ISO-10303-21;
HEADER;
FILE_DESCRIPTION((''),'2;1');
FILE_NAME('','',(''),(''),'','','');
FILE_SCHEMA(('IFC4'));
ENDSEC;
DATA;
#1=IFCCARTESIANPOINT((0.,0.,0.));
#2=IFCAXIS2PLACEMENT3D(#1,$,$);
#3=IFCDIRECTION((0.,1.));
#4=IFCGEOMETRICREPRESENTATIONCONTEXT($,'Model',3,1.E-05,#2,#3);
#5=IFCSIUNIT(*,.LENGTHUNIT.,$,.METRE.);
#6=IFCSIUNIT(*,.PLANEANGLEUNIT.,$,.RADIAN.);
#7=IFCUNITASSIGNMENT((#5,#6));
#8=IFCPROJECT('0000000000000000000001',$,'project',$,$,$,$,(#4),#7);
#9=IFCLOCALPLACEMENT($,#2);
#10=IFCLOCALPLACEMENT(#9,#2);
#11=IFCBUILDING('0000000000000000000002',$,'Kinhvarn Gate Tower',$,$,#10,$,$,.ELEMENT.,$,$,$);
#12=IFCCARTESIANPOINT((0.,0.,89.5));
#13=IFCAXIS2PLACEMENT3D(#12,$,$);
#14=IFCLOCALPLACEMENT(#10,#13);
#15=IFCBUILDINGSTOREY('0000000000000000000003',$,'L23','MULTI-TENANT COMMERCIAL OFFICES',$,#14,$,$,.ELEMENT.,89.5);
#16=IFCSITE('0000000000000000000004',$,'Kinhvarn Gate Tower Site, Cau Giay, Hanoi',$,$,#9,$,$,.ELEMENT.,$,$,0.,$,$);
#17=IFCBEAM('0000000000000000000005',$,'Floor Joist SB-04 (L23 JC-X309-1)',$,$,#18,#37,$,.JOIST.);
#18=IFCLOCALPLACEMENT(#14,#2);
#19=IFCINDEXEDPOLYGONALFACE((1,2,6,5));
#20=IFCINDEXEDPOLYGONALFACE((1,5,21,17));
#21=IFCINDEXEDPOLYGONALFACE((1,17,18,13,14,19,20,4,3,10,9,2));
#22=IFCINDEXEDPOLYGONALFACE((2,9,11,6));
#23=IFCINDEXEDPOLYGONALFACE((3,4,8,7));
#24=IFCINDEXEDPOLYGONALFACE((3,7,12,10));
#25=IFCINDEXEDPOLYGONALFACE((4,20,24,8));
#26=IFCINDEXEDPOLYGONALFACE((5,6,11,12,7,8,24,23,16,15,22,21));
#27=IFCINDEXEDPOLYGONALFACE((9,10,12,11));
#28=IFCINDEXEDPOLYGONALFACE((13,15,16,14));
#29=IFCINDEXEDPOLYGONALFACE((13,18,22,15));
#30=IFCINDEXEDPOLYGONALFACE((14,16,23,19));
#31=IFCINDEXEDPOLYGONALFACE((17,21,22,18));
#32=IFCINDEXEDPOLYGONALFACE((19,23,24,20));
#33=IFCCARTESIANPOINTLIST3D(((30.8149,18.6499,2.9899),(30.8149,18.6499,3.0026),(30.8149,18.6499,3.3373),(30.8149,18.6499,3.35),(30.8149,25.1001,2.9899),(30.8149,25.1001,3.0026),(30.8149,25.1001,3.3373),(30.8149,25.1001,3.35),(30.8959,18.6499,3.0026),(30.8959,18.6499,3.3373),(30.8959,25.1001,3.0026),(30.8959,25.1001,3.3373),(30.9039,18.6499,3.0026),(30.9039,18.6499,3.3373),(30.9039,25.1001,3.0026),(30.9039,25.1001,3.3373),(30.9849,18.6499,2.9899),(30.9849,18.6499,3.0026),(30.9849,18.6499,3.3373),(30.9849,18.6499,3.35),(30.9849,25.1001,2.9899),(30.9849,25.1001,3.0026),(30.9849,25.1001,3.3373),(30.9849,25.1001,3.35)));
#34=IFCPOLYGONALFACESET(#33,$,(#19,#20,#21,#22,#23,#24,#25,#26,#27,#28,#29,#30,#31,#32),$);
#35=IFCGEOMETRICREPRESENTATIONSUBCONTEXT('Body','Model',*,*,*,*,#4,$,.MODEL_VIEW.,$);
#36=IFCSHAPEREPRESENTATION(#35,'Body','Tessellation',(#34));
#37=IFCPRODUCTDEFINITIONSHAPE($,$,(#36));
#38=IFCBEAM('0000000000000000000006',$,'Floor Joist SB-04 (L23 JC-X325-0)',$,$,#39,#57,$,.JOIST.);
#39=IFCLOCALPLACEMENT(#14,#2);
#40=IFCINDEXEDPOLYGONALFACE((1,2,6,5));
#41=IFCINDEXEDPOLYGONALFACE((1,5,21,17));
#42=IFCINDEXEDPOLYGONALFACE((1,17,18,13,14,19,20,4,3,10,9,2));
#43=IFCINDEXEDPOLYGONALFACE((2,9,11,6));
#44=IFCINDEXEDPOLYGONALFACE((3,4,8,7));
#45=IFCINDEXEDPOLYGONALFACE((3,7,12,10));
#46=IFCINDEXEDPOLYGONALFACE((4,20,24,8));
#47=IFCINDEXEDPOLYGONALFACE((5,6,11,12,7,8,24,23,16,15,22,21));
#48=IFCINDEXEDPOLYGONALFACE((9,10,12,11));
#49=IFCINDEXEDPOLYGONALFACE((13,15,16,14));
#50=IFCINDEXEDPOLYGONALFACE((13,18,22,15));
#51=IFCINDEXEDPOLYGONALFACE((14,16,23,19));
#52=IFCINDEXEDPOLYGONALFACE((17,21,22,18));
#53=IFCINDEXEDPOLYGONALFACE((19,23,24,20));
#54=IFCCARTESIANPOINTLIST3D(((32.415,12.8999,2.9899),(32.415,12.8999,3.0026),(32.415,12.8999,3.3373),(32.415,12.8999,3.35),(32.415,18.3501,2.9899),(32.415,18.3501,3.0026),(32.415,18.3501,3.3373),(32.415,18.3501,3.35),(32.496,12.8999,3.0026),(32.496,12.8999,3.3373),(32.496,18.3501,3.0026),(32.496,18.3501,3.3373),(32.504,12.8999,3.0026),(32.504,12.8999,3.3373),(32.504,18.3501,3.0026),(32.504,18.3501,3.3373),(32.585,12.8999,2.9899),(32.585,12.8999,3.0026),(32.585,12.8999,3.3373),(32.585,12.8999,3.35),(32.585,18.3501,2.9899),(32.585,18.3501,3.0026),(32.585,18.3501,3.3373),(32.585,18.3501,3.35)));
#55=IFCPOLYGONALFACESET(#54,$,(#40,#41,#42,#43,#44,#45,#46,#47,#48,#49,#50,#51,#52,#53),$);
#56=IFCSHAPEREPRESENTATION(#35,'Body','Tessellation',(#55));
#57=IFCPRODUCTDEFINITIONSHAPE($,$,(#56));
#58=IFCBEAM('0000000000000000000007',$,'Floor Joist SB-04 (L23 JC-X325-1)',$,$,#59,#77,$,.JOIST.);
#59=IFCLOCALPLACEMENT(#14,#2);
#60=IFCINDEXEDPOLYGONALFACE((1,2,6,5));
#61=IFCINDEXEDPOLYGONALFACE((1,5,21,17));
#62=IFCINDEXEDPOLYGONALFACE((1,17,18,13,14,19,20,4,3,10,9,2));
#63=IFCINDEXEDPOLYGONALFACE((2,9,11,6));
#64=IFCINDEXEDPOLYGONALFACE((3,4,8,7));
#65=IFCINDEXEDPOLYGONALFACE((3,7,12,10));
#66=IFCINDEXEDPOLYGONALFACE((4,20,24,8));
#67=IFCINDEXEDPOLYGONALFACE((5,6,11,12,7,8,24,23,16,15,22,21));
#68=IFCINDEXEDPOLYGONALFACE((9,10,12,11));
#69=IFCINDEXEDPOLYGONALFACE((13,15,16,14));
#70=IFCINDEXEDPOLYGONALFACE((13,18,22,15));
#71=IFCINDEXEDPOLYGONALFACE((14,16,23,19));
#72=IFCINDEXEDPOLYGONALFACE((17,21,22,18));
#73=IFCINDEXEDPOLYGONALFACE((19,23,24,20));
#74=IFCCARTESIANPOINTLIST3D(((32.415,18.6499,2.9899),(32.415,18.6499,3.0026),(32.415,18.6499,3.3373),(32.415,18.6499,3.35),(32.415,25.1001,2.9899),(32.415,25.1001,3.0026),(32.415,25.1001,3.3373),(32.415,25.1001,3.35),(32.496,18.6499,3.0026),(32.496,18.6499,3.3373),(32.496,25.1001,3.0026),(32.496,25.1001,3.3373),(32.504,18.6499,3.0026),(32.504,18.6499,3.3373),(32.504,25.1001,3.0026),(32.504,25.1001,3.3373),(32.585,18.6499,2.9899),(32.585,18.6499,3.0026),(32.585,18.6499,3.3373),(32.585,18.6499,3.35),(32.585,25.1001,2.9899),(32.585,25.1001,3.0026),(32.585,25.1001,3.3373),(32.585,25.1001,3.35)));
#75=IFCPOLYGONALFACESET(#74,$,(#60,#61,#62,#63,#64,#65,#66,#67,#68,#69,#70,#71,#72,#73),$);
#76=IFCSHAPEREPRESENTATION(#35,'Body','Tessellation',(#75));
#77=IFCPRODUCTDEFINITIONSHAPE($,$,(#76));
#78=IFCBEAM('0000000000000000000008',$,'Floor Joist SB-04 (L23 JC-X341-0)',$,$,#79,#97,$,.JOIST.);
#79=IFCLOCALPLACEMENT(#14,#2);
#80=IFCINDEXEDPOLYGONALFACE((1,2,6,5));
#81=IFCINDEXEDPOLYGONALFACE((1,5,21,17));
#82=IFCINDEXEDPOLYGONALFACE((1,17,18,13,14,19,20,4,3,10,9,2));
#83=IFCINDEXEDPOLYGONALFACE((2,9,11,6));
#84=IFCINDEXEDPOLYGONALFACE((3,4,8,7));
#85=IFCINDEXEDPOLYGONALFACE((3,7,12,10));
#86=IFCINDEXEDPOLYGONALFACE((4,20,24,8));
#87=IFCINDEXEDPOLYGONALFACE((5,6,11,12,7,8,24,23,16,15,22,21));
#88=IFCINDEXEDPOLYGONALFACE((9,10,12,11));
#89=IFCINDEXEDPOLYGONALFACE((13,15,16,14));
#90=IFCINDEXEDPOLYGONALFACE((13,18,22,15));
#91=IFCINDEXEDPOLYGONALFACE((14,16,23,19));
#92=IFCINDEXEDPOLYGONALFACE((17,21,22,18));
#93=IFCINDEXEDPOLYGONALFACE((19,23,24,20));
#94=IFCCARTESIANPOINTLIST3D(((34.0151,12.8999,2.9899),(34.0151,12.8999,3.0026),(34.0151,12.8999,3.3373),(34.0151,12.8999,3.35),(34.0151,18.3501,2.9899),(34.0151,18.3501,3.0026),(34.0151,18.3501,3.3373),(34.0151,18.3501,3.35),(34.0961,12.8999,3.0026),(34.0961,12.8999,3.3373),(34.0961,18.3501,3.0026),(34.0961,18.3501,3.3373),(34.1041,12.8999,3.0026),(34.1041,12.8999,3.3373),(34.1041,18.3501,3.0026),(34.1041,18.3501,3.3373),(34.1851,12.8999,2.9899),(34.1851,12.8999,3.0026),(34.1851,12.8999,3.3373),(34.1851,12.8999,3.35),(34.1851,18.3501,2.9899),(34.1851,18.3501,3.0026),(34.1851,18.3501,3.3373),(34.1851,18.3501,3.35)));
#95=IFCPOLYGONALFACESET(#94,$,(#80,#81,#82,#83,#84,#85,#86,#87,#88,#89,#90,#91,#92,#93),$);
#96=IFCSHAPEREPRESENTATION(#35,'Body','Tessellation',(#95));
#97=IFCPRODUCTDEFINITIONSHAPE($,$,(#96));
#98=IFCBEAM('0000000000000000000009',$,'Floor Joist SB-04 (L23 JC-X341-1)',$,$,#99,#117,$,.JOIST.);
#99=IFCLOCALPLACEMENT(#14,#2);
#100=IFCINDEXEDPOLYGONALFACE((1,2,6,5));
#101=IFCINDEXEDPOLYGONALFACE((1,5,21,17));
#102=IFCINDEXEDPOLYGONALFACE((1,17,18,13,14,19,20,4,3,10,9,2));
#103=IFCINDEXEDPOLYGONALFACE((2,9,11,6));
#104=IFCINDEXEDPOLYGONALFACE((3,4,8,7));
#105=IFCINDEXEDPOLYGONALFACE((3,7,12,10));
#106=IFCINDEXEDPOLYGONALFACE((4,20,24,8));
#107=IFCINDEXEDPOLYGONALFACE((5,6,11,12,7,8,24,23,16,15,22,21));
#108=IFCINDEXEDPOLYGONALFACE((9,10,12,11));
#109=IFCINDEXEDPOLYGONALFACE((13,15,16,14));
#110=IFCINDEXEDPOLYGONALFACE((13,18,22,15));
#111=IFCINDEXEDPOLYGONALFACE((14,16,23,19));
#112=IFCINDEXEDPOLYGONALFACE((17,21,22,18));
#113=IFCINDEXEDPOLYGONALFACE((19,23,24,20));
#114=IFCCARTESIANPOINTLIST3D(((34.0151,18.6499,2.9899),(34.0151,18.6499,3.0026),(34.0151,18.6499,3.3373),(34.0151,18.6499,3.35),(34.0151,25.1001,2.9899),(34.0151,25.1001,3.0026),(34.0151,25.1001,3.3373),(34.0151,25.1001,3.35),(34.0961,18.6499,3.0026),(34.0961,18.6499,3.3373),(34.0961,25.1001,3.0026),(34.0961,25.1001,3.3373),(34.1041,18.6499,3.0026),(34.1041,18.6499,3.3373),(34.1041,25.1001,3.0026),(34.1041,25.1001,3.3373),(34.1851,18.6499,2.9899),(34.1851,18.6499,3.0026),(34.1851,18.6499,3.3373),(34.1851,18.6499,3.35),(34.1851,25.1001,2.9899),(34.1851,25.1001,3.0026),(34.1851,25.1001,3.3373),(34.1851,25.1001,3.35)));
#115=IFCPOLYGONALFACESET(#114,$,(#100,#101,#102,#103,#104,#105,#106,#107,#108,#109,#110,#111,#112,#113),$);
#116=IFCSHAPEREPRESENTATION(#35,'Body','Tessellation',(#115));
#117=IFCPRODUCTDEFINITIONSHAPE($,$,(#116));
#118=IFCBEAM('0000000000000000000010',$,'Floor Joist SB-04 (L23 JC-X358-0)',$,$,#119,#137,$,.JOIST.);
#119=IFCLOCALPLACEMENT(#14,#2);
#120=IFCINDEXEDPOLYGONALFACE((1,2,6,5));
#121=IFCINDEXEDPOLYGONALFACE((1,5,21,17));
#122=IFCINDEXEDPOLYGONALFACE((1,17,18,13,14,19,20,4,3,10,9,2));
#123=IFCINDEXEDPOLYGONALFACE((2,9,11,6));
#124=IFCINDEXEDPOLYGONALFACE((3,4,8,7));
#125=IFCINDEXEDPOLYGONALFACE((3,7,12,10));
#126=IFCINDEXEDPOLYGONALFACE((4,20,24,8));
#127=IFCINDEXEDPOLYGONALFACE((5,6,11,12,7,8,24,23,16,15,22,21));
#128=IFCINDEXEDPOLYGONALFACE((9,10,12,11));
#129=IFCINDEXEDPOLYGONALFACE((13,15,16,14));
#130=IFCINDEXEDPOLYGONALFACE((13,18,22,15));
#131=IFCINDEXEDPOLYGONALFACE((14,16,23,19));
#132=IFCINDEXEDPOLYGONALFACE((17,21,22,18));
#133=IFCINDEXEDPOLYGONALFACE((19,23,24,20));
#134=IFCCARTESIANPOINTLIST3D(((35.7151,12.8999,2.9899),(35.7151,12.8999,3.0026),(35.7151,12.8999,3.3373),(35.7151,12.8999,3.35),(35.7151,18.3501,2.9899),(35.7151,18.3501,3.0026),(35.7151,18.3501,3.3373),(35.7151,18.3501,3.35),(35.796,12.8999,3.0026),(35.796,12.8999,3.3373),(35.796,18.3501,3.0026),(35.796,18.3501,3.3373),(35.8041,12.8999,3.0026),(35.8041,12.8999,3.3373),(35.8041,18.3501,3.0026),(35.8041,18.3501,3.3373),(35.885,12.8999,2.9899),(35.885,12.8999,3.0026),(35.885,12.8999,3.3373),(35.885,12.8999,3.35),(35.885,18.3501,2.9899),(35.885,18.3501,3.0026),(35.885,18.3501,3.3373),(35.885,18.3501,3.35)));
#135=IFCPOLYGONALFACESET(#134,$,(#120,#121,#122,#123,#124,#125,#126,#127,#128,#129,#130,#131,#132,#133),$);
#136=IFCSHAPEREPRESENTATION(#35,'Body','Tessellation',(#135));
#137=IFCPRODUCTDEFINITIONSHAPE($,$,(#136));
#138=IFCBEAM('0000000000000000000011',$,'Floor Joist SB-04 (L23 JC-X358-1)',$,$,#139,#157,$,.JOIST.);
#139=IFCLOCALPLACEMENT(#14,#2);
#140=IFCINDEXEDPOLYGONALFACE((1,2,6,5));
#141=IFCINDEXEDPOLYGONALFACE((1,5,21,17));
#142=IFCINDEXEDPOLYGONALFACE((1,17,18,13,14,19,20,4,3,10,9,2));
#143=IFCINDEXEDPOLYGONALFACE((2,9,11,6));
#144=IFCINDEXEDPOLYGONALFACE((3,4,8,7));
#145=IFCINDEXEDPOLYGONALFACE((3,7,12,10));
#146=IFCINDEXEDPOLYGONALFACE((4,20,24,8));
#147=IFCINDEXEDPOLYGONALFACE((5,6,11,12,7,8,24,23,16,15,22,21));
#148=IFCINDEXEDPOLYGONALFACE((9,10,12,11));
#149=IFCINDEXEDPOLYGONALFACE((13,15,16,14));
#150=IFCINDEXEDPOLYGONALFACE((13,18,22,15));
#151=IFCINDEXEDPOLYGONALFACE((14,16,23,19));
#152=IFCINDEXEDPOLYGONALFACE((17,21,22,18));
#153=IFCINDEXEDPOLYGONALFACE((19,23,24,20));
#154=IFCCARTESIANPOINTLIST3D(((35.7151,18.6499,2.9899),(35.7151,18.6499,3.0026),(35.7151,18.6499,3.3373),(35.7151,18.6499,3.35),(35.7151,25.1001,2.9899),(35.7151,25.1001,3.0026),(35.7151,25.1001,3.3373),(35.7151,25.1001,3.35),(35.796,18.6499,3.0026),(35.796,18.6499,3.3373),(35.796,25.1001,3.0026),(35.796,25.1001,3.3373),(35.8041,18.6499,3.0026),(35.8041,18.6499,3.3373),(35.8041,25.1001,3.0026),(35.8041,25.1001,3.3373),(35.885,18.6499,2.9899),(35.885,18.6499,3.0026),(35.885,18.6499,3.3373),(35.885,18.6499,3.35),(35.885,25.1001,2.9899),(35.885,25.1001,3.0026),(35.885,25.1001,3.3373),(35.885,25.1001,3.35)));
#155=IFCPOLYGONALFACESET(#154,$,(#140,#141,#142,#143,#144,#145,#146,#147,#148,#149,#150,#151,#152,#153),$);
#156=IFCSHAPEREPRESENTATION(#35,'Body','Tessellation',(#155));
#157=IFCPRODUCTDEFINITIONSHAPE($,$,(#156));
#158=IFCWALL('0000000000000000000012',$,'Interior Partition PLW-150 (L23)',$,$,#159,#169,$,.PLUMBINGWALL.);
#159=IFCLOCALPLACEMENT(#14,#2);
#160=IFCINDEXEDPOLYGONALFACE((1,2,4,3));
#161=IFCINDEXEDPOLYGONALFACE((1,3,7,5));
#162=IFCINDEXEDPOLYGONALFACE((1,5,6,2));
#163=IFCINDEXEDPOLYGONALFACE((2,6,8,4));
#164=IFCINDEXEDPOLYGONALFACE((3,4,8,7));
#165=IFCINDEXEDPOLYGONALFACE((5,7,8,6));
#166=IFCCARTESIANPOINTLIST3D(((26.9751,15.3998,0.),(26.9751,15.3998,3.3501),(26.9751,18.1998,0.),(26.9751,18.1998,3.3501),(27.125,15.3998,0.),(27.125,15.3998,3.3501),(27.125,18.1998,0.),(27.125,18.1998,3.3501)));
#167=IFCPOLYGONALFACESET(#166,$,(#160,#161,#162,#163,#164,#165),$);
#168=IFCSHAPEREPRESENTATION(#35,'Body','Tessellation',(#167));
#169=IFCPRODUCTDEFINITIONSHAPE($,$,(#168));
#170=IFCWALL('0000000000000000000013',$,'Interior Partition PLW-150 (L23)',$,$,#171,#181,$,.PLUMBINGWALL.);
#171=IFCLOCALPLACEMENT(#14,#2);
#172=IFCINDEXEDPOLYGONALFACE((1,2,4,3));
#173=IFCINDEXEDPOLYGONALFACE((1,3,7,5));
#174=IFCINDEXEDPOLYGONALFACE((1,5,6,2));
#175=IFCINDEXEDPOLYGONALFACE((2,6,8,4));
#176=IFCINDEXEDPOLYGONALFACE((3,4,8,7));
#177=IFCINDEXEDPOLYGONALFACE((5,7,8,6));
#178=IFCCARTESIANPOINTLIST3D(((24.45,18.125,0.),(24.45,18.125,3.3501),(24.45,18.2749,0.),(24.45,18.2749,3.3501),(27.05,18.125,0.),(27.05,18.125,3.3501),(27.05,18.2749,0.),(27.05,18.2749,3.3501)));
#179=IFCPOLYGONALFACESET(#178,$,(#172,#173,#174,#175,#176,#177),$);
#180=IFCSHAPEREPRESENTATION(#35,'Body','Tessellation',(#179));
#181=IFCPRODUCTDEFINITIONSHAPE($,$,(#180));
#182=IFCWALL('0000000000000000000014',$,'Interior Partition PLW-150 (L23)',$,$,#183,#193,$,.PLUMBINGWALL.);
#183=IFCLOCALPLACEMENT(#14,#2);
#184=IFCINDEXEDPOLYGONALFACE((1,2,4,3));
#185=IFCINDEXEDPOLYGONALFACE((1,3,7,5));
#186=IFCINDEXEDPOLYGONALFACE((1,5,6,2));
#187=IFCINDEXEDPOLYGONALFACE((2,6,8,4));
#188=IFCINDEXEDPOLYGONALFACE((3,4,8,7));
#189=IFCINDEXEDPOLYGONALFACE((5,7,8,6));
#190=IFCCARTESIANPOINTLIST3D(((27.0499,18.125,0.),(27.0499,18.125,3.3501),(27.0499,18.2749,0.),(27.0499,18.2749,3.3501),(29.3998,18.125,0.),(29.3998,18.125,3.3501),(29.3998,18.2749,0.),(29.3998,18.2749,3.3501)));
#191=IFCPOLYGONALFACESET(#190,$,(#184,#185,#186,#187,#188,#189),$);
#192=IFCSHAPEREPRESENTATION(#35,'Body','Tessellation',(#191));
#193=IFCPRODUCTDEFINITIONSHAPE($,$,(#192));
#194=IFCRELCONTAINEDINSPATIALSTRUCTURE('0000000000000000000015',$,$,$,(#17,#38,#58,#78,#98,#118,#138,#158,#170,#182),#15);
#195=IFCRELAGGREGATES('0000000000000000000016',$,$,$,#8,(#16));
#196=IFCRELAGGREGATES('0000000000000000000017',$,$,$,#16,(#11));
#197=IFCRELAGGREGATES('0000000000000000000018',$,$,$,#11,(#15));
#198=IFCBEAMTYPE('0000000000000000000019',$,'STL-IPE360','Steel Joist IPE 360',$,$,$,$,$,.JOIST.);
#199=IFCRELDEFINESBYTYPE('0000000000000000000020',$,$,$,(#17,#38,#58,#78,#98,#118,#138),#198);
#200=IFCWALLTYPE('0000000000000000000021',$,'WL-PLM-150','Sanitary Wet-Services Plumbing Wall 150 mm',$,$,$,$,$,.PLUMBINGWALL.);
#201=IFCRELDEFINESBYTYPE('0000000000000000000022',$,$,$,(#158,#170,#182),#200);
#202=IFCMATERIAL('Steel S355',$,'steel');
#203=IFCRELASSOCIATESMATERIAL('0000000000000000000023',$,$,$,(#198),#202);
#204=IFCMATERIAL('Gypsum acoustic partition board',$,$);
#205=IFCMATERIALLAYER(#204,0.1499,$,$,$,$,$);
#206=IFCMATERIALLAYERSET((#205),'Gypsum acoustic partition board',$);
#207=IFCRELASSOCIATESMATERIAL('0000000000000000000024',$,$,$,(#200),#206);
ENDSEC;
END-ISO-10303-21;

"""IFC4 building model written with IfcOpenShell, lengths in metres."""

from ifc_helpers import new_model, si_unit, direction, frame, frame_2d, origin, origin_2d, place, context, subcontext, project, spatial, rectangle, i_section, extrude, material, layer, layer_set, material_profile, profile_set, type_object, element, save


model = new_model("IFC4")

# Units and contexts
model_context = context("Model", 3, precision=1e-05, world=origin(), true_north=direction((0.0, 1.0)))
body_context = subcontext(model_context, "Body", "Model", "MODEL_VIEW")
ifc_project = project(units=[si_unit("LENGTHUNIT", "METRE"), si_unit("PLANEANGLEUNIT", "RADIAN")], contexts=[model_context])

# Site, building, storey
site_placement = place(None, origin())
site = spatial("IfcSite", under=ifc_project, at=site_placement, Name="Kinhvarn Gate Tower Site, Cau Giay, Hanoi", CompositionType="ELEMENT", RefElevation=0.0)
building_placement = place(site_placement, origin())
building = spatial("IfcBuilding", under=site, at=building_placement, Name="Kinhvarn Gate Tower", CompositionType="ELEMENT")
storey_placement = place(building_placement, frame((0.0, 0.0, 89.5)))
storey = spatial("IfcBuildingStorey", under=building, at=storey_placement, Name="L23", Description="MULTI-TENANT COMMERCIAL OFFICES", CompositionType="ELEMENT", Elevation=89.5)

# Beams
ifc_material_1 = material(Name="Steel S355", Category="steel")
ifc_material_profile_1 = material_profile(ifc_material_1, i_section(OverallWidth=0.1699, OverallDepth=0.3601, WebThickness=0.0081, FlangeThickness=0.0127, at=origin_2d()), Name="IPE 360")
ifc_profile_set_1 = profile_set([ifc_material_profile_1], Name="Steel S355")
beam_type_1 = type_object("IfcBeamType", Name="STL-IPE360", Description="Steel Joist IPE 360", PredefinedType="JOIST", material=ifc_profile_set_1)
beam_1_placement = place(storey_placement, frame((30.8999, 18.6499, 3.1699), z_axis=(0.0, 1.0, 0.0), x_axis=(-1.0, 0.0, 0.0)))
element("IfcBeam", 1, at=beam_1_placement, inside=storey, type_object=beam_type_1, Name="Floor Joist SB-04 (L23 JC-X309-1)", PredefinedType="JOIST", context=body_context, shape_type="SweptSolid", body=[
    extrude(i_section(OverallWidth=0.1699, OverallDepth=0.3601, WebThickness=0.0081, FlangeThickness=0.0127, at=origin_2d()), origin(), (0.0, 0.0, 1.0), 6.4502),
])
beam_2_placement = place(storey_placement, frame((32.5, 12.8999, 3.1699), z_axis=(0.0, 1.0, 0.0), x_axis=(-1.0, 0.0, 0.0)))
element("IfcBeam", 2, at=beam_2_placement, inside=storey, type_object=beam_type_1, Name="Floor Joist SB-04 (L23 JC-X325-0)", PredefinedType="JOIST", context=body_context, shape_type="SweptSolid", body=[
    extrude(i_section(OverallWidth=0.1699, OverallDepth=0.3601, WebThickness=0.0081, FlangeThickness=0.0127, at=origin_2d()), origin(), (0.0, 0.0, 1.0), 5.4502),
])
beam_3_placement = place(storey_placement, frame((32.5, 18.6499, 3.1699), z_axis=(0.0, 1.0, 0.0), x_axis=(-1.0, 0.0, 0.0)))
element("IfcBeam", 3, at=beam_3_placement, inside=storey, type_object=beam_type_1, Name="Floor Joist SB-04 (L23 JC-X325-1)", PredefinedType="JOIST", context=body_context, shape_type="SweptSolid", body=[
    extrude(i_section(OverallWidth=0.1699, OverallDepth=0.3601, WebThickness=0.0081, FlangeThickness=0.0127, at=origin_2d()), origin(), (0.0, 0.0, 1.0), 6.4502),
])
beam_4_placement = place(storey_placement, frame((34.1001, 12.8999, 3.1699), z_axis=(0.0, 1.0, 0.0), x_axis=(-1.0, 0.0, 0.0)))
element("IfcBeam", 4, at=beam_4_placement, inside=storey, type_object=beam_type_1, Name="Floor Joist SB-04 (L23 JC-X341-0)", PredefinedType="JOIST", context=body_context, shape_type="SweptSolid", body=[
    extrude(i_section(OverallWidth=0.1699, OverallDepth=0.3601, WebThickness=0.0081, FlangeThickness=0.0127, at=origin_2d()), origin(), (0.0, 0.0, 1.0), 5.4502),
])
beam_5_placement = place(storey_placement, frame((34.1001, 18.6499, 3.1699), z_axis=(0.0, 1.0, 0.0), x_axis=(-1.0, 0.0, 0.0)))
element("IfcBeam", 5, at=beam_5_placement, inside=storey, type_object=beam_type_1, Name="Floor Joist SB-04 (L23 JC-X341-1)", PredefinedType="JOIST", context=body_context, shape_type="SweptSolid", body=[
    extrude(i_section(OverallWidth=0.1699, OverallDepth=0.3601, WebThickness=0.0081, FlangeThickness=0.0127, at=origin_2d()), origin(), (0.0, 0.0, 1.0), 6.4502),
])
beam_6_placement = place(storey_placement, frame((35.8, 12.8999, 3.1699), z_axis=(0.0, 1.0, 0.0), x_axis=(-1.0, 0.0, 0.0)))
element("IfcBeam", 6, at=beam_6_placement, inside=storey, type_object=beam_type_1, Name="Floor Joist SB-04 (L23 JC-X358-0)", PredefinedType="JOIST", context=body_context, shape_type="SweptSolid", body=[
    extrude(i_section(OverallWidth=0.1699, OverallDepth=0.3601, WebThickness=0.0081, FlangeThickness=0.0127, at=origin_2d()), origin(), (0.0, 0.0, 1.0), 5.4502),
])
beam_7_placement = place(storey_placement, frame((35.8, 18.6499, 3.1699), z_axis=(0.0, 1.0, 0.0), x_axis=(-1.0, 0.0, 0.0)))
element("IfcBeam", 7, at=beam_7_placement, inside=storey, type_object=beam_type_1, Name="Floor Joist SB-04 (L23 JC-X358-1)", PredefinedType="JOIST", context=body_context, shape_type="SweptSolid", body=[
    extrude(i_section(OverallWidth=0.1699, OverallDepth=0.3601, WebThickness=0.0081, FlangeThickness=0.0127, at=origin_2d()), origin(), (0.0, 0.0, 1.0), 6.4502),
])

# Walls
ifc_material_2 = material(Name="Gypsum acoustic partition board")
ifc_layer_1 = layer(ifc_material_2, 0.1499)
ifc_layer_set_1 = layer_set([ifc_layer_1], Name="Gypsum acoustic partition board")
wall_type_1 = type_object("IfcWallType", Name="WL-PLM-150", Description="Sanitary Wet-Services Plumbing Wall 150 mm", PredefinedType="PLUMBINGWALL", material=ifc_layer_set_1)
wall_1_placement = place(storey_placement, frame((27.05, 15.3999, 0.0), z_axis=(0.0, 0.0, 1.0), x_axis=(0.0, 1.0, 0.0)))
element("IfcWall", 8, at=wall_1_placement, inside=storey, type_object=wall_type_1, Name="Interior Partition PLW-150 (L23)", PredefinedType="PLUMBINGWALL", context=body_context, shape_type="SweptSolid", body=[
    extrude(rectangle(XDim=2.8, YDim=0.1499, at=frame_2d((1.3999, 0.0))), origin(), (0.0, 0.0, 1.0), 3.3501),
])
wall_2_placement = place(storey_placement, frame((24.45, 18.2, 0.0), z_axis=(0.0, 0.0, 1.0), x_axis=(1.0, 0.0, 0.0)))
element("IfcWall", 9, at=wall_2_placement, inside=storey, type_object=wall_type_1, Name="Interior Partition PLW-150 (L23)", PredefinedType="PLUMBINGWALL", context=body_context, shape_type="SweptSolid", body=[
    extrude(rectangle(XDim=2.6001, YDim=0.1499, at=frame_2d((1.3, 0.0))), origin(), (0.0, 0.0, 1.0), 3.3501),
])
wall_3_placement = place(storey_placement, frame((27.05, 18.2, 0.0), z_axis=(0.0, 0.0, 1.0), x_axis=(1.0, 0.0, 0.0)))
element("IfcWall", 10, at=wall_3_placement, inside=storey, type_object=wall_type_1, Name="Interior Partition PLW-150 (L23)", PredefinedType="PLUMBINGWALL", context=body_context, shape_type="SweptSolid", body=[
    extrude(rectangle(XDim=2.3499, YDim=0.1499, at=frame_2d((1.1748, 0.0))), origin(), (0.0, 0.0, 1.0), 3.3501),
])

save(model, "model.ifc")
